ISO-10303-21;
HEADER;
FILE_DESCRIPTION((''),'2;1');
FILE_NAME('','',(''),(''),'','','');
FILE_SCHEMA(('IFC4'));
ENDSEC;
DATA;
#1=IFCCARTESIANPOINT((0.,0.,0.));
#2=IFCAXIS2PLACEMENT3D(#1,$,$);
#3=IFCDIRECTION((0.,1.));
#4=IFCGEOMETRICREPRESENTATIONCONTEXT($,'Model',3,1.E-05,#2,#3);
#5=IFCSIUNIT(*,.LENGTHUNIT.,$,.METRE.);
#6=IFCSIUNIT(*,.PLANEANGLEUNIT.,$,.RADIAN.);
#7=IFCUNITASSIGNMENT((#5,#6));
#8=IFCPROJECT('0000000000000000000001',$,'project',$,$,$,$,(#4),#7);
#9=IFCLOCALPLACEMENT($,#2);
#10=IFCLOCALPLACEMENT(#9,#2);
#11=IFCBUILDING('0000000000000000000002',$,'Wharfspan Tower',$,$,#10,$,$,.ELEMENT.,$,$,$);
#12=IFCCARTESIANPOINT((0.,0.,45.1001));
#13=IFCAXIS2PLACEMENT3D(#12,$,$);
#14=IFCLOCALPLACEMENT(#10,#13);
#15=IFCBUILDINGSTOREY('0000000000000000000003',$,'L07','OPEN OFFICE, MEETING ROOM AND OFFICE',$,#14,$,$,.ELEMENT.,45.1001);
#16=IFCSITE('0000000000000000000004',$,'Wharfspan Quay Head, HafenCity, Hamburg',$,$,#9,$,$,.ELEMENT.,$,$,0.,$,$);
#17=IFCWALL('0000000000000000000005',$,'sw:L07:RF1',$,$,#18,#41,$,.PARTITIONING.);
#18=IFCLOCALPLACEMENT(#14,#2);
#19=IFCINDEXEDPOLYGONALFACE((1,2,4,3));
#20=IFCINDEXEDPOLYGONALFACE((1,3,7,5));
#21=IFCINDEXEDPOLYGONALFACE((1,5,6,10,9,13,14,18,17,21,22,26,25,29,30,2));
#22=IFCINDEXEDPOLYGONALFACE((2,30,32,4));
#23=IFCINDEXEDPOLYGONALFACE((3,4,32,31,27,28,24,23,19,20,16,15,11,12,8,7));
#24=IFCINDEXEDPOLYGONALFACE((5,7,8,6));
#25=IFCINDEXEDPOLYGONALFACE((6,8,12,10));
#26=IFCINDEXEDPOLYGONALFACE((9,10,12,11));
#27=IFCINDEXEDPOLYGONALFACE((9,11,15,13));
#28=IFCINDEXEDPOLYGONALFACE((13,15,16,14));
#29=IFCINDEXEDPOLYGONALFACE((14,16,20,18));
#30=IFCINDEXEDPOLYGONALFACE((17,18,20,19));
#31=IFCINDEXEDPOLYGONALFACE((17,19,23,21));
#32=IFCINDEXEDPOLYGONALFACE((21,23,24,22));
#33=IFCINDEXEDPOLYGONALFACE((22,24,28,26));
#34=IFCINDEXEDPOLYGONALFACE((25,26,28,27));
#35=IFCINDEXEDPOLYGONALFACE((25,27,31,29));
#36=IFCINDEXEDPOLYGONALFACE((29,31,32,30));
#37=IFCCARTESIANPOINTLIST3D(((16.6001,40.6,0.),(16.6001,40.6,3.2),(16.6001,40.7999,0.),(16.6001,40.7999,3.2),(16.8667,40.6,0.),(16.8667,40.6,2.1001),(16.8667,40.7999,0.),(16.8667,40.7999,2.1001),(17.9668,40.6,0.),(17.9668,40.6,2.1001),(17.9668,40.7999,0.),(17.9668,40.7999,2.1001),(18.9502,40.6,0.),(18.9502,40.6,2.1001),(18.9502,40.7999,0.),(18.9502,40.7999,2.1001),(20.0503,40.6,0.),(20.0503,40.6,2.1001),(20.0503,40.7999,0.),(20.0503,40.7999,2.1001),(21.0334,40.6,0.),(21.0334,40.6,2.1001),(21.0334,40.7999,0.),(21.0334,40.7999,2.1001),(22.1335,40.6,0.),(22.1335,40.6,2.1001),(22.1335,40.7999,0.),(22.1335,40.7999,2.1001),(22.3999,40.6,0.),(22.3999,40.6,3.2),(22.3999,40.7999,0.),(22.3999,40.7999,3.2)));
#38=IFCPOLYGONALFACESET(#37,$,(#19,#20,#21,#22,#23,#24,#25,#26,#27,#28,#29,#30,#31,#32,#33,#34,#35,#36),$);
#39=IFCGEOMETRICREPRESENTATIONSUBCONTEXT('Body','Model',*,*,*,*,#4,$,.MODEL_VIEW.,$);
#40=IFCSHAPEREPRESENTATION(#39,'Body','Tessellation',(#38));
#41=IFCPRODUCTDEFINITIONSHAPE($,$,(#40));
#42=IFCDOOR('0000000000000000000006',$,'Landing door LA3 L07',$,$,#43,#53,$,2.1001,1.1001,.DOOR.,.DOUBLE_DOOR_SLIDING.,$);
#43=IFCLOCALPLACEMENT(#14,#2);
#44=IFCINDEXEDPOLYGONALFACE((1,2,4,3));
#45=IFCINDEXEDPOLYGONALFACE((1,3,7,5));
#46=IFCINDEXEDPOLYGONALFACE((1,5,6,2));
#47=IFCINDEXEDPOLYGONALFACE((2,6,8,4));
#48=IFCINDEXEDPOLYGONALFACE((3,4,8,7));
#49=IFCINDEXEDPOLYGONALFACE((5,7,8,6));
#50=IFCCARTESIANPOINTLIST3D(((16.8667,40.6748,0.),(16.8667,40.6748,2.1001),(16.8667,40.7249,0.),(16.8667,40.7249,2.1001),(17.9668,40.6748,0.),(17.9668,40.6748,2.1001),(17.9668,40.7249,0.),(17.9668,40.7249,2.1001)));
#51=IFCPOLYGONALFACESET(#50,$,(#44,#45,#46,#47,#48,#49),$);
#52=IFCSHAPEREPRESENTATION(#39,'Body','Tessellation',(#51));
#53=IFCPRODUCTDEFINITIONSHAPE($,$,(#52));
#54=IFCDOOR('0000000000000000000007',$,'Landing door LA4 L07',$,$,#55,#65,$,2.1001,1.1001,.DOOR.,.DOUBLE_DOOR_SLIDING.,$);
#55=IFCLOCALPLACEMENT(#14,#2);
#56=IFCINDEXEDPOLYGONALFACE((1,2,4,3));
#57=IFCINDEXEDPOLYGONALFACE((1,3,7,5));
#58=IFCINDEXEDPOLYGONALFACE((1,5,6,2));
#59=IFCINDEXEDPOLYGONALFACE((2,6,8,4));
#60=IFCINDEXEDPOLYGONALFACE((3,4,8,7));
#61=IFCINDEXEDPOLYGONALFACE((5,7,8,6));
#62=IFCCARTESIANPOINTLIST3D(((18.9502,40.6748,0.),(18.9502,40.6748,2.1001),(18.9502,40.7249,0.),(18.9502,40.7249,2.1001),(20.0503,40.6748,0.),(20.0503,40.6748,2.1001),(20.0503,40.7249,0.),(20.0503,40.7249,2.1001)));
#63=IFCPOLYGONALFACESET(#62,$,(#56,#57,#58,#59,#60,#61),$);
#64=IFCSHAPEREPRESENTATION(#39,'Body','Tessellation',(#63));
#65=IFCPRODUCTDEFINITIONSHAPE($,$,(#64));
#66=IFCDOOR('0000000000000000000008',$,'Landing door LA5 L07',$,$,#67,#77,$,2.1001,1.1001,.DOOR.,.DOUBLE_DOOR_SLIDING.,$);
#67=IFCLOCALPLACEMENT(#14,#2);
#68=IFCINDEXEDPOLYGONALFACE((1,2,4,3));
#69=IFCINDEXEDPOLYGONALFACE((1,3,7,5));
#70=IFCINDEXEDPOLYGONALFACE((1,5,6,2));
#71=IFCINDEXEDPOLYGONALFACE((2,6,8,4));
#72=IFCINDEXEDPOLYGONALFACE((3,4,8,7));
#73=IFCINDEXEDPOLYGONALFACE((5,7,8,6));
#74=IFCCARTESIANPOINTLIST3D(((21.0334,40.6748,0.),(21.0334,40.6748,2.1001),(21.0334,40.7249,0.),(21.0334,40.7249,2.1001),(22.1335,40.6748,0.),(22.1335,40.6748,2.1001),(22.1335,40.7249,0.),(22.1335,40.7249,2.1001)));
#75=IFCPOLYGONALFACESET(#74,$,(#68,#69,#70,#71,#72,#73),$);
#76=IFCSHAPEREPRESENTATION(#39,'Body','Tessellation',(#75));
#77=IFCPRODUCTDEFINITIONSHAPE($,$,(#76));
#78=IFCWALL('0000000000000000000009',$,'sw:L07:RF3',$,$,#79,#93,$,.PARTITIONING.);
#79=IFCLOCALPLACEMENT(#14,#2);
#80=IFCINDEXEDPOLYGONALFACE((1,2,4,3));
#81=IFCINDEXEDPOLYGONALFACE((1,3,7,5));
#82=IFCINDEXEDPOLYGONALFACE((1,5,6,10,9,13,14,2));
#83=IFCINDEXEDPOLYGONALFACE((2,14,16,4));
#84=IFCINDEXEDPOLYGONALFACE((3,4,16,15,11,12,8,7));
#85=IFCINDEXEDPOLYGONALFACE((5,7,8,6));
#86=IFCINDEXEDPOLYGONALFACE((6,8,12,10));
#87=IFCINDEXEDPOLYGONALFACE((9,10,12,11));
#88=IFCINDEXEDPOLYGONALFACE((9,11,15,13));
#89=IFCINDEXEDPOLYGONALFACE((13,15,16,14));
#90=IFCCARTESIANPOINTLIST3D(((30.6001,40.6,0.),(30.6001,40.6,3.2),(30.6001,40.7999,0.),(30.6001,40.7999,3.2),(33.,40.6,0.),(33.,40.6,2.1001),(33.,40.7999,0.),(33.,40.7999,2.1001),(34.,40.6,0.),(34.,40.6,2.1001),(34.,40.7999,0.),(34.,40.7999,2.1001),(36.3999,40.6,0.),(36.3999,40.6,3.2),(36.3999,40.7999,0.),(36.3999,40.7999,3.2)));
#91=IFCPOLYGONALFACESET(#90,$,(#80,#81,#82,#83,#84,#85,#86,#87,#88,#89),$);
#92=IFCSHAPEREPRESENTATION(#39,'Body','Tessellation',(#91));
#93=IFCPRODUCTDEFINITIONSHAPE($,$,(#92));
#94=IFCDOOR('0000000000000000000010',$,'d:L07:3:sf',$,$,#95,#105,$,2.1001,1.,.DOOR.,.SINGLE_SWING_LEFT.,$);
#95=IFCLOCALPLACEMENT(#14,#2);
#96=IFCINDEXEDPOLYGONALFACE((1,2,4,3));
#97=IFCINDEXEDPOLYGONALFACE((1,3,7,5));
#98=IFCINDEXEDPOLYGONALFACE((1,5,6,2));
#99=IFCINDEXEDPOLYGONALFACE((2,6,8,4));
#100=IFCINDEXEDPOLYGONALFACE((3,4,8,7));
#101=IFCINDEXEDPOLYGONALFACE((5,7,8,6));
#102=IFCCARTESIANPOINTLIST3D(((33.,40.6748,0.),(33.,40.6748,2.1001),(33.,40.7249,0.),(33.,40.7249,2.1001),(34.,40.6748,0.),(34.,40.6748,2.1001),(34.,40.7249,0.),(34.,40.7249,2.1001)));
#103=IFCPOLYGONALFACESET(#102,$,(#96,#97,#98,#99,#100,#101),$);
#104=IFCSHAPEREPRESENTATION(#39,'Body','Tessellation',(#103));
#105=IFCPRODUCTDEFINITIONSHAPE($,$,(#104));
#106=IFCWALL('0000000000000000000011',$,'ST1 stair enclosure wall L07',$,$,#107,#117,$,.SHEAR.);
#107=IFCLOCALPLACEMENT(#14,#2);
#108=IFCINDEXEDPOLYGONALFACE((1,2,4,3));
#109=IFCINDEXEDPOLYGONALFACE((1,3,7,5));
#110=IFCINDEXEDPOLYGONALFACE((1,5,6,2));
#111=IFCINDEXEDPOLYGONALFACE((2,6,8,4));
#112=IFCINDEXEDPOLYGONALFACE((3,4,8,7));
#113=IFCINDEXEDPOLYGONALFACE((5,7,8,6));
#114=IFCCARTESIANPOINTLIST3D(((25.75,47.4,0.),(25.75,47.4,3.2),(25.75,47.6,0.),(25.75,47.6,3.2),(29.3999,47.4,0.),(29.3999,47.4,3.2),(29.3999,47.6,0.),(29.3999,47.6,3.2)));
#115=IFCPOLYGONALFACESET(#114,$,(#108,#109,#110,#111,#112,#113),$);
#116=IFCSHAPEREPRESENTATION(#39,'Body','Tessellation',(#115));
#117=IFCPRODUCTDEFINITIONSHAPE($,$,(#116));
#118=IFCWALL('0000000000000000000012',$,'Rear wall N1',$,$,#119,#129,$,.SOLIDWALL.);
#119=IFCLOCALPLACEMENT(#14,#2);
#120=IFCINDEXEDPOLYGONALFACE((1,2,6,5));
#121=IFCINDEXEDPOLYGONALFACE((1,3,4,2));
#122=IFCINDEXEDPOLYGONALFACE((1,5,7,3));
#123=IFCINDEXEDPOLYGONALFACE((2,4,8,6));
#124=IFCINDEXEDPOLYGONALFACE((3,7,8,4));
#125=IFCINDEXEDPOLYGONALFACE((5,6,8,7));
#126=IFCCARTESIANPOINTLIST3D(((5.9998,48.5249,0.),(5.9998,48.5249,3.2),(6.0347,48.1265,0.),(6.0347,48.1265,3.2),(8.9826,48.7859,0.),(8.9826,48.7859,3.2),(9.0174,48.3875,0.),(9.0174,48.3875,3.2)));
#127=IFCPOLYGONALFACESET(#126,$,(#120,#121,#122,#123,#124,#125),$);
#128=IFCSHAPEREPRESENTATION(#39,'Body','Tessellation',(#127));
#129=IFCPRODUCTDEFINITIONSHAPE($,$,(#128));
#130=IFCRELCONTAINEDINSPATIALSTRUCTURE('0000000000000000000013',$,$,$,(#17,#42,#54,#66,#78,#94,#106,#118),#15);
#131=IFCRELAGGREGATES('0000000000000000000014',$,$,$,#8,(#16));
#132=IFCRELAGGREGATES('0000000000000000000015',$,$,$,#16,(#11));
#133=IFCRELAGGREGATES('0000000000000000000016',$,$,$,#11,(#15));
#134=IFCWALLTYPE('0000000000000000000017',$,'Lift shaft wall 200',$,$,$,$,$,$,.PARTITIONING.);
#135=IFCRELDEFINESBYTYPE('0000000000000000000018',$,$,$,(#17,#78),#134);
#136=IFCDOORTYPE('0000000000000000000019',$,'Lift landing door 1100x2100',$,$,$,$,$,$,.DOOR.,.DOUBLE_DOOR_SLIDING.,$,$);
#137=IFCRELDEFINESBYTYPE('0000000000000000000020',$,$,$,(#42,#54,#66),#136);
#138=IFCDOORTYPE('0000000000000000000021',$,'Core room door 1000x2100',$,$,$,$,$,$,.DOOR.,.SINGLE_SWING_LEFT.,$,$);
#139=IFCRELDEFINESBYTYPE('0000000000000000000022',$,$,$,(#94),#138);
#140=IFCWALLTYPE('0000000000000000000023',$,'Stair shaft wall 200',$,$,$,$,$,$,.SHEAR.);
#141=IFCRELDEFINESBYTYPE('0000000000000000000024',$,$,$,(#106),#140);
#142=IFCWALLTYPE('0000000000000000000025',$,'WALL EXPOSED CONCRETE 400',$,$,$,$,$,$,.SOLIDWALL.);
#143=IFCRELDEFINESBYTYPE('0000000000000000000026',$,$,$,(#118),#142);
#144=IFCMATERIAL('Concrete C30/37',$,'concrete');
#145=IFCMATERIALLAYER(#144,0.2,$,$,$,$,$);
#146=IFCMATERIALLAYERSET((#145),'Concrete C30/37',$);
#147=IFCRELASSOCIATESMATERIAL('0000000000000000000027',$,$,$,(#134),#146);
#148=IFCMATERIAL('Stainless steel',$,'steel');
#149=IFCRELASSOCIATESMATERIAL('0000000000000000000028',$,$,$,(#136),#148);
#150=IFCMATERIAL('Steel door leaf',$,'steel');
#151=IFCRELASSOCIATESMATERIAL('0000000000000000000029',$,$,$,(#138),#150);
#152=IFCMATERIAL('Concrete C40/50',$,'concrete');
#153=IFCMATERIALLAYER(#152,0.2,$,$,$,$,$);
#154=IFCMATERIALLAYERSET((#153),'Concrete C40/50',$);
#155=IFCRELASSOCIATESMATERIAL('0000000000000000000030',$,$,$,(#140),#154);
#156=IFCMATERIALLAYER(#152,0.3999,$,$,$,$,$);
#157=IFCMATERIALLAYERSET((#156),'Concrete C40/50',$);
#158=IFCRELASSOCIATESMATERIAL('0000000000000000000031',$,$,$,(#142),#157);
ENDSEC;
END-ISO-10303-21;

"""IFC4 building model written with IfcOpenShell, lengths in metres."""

from ifc_helpers import new_model, si_unit, direction, frame, frame_2d, origin, place, context, subcontext, project, spatial, rectangle, extrude, material, layer, layer_set, type_object, element, fill, save


model = new_model("IFC4")

# Units and contexts
model_context = context("Model", 3, precision=1e-05, world=origin(), true_north=direction((0.0, 1.0)))
body_context = subcontext(model_context, "Body", "Model", "MODEL_VIEW")
ifc_project = project(units=[si_unit("LENGTHUNIT", "METRE"), si_unit("PLANEANGLEUNIT", "RADIAN")], contexts=[model_context])

# Site, building, storey
site_placement = place(None, origin())
site = spatial("IfcSite", under=ifc_project, at=site_placement, Name="Wharfspan Quay Head, HafenCity, Hamburg", CompositionType="ELEMENT", RefElevation=0.0)
building_placement = place(site_placement, origin())
building = spatial("IfcBuilding", under=site, at=building_placement, Name="Wharfspan Tower", CompositionType="ELEMENT")
storey_placement = place(building_placement, frame((0.0, 0.0, 45.1001)))
storey = spatial("IfcBuildingStorey", under=building, at=storey_placement, Name="L07", Description="OPEN OFFICE, MEETING ROOM AND OFFICE", CompositionType="ELEMENT", Elevation=45.1001)

# Wall, openings, doors
ifc_material_1 = material(Name="Concrete C30/37", Category="concrete")
ifc_layer_1 = layer(ifc_material_1, 0.2)
ifc_layer_set_1 = layer_set([ifc_layer_1], Name="Concrete C30/37")
wall_type_1 = type_object("IfcWallType", Name="Lift shaft wall 200", PredefinedType="PARTITIONING", material=ifc_layer_set_1)
wall_1_placement = place(storey_placement, frame((16.6001, 40.7, 0.0), z_axis=(0.0, 0.0, 1.0), x_axis=(1.0, 0.0, 0.0)))
wall_1 = element("IfcWall", 1, at=wall_1_placement, inside=storey, type_object=wall_type_1, Name="sw:L07:RF1", PredefinedType="PARTITIONING", context=body_context, shape_type="SweptSolid", body=[
    extrude(rectangle(XDim=5.7998, YDim=0.2, at=frame_2d((2.8999, 0.0))), origin(), (0.0, 0.0, 1.0), 3.2),
])
opening_1_placement = place(wall_1_placement, frame((0.2666, 0.0, 0.0)))
opening_1 = element("IfcOpeningElement", 2, at=opening_1_placement, cuts=wall_1, PredefinedType="OPENING", context=body_context, shape_type="SweptSolid", body=[
    extrude(rectangle(XDim=1.1001, YDim=2.1001, at=frame_2d((0.55, 1.05))), frame((0.0, 0.1099, 0.0), z_axis=(0.0, -1.0, 0.0), x_axis=(1.0, 0.0, 0.0)), (0.0, 0.0, 1.0), 0.22),
])
opening_2_placement = place(wall_1_placement, frame((2.3501, 0.0, 0.0)))
opening_2 = element("IfcOpeningElement", 3, at=opening_2_placement, cuts=wall_1, PredefinedType="OPENING", context=body_context, shape_type="SweptSolid", body=[
    extrude(rectangle(XDim=1.1001, YDim=2.1001, at=frame_2d((0.55, 1.05))), frame((0.0, 0.1099, 0.0), z_axis=(0.0, -1.0, 0.0), x_axis=(1.0, 0.0, 0.0)), (0.0, 0.0, 1.0), 0.22),
])
opening_3_placement = place(wall_1_placement, frame((4.4333, 0.0, 0.0)))
opening_3 = element("IfcOpeningElement", 4, at=opening_3_placement, cuts=wall_1, PredefinedType="OPENING", context=body_context, shape_type="SweptSolid", body=[
    extrude(rectangle(XDim=1.1001, YDim=2.1001, at=frame_2d((0.55, 1.05))), frame((0.0, 0.1099, 0.0), z_axis=(0.0, -1.0, 0.0), x_axis=(1.0, 0.0, 0.0)), (0.0, 0.0, 1.0), 0.22),
])
ifc_material_2 = material(Name="Stainless steel", Category="steel")
door_type_1 = type_object("IfcDoorType", Name="Lift landing door 1100x2100", OperationType="DOUBLE_DOOR_SLIDING", PredefinedType="DOOR", material=ifc_material_2)
door_1_placement = place(opening_1_placement, origin())
door_1 = element("IfcDoor", 5, at=door_1_placement, inside=storey, type_object=door_type_1, Name="Landing door LA3 L07", OperationType="DOUBLE_DOOR_SLIDING", OverallHeight=2.1001, OverallWidth=1.1001, PredefinedType="DOOR", context=body_context, shape_type="SweptSolid", body=[
    extrude(rectangle(XDim=1.1001, YDim=2.1001, at=frame_2d((0.55, 1.05))), frame((0.0, 0.0249, 0.0), z_axis=(0.0, -1.0, 0.0), x_axis=(1.0, 0.0, 0.0)), (0.0, 0.0, 1.0), 0.05),
])
fill(opening_1, door_1)
door_2_placement = place(opening_2_placement, origin())
door_2 = element("IfcDoor", 6, at=door_2_placement, inside=storey, type_object=door_type_1, Name="Landing door LA4 L07", OperationType="DOUBLE_DOOR_SLIDING", OverallHeight=2.1001, OverallWidth=1.1001, PredefinedType="DOOR", context=body_context, shape_type="SweptSolid", body=[
    extrude(rectangle(XDim=1.1001, YDim=2.1001, at=frame_2d((0.55, 1.05))), frame((0.0, 0.0249, 0.0), z_axis=(0.0, -1.0, 0.0), x_axis=(1.0, 0.0, 0.0)), (0.0, 0.0, 1.0), 0.05),
])
fill(opening_2, door_2)
door_3_placement = place(opening_3_placement, origin())
door_3 = element("IfcDoor", 7, at=door_3_placement, inside=storey, type_object=door_type_1, Name="Landing door LA5 L07", OperationType="DOUBLE_DOOR_SLIDING", OverallHeight=2.1001, OverallWidth=1.1001, PredefinedType="DOOR", context=body_context, shape_type="SweptSolid", body=[
    extrude(rectangle(XDim=1.1001, YDim=2.1001, at=frame_2d((0.55, 1.05))), frame((0.0, 0.0249, 0.0), z_axis=(0.0, -1.0, 0.0), x_axis=(1.0, 0.0, 0.0)), (0.0, 0.0, 1.0), 0.05),
])
fill(opening_3, door_3)

# Wall, opening, door
wall_2_placement = place(storey_placement, frame((30.6001, 40.7, 0.0), z_axis=(0.0, 0.0, 1.0), x_axis=(1.0, 0.0, 0.0)))
wall_2 = element("IfcWall", 8, at=wall_2_placement, inside=storey, type_object=wall_type_1, Name="sw:L07:RF3", PredefinedType="PARTITIONING", context=body_context, shape_type="SweptSolid", body=[
    extrude(rectangle(XDim=5.7998, YDim=0.2, at=frame_2d((2.8999, 0.0))), origin(), (0.0, 0.0, 1.0), 3.2),
])
opening_4_placement = place(wall_2_placement, frame((2.3999, 0.0, 0.0)))
opening_4 = element("IfcOpeningElement", 9, at=opening_4_placement, cuts=wall_2, PredefinedType="OPENING", context=body_context, shape_type="SweptSolid", body=[
    extrude(rectangle(XDim=1.0, YDim=2.1001, at=frame_2d((0.5, 1.05))), frame((0.0, 0.1099, 0.0), z_axis=(0.0, -1.0, 0.0), x_axis=(1.0, 0.0, 0.0)), (0.0, 0.0, 1.0), 0.22),
])
ifc_material_3 = material(Name="Steel door leaf", Category="steel")
door_type_2 = type_object("IfcDoorType", Name="Core room door 1000x2100", OperationType="SINGLE_SWING_LEFT", PredefinedType="DOOR", material=ifc_material_3)
door_4_placement = place(opening_4_placement, origin())
door_4 = element("IfcDoor", 10, at=door_4_placement, inside=storey, type_object=door_type_2, Name="d:L07:3:sf", OperationType="SINGLE_SWING_LEFT", OverallHeight=2.1001, OverallWidth=1.0, PredefinedType="DOOR", context=body_context, shape_type="SweptSolid", body=[
    extrude(rectangle(XDim=1.0, YDim=2.1001, at=frame_2d((0.5, 1.05))), frame((0.0, 0.0249, 0.0), z_axis=(0.0, -1.0, 0.0), x_axis=(1.0, 0.0, 0.0)), (0.0, 0.0, 1.0), 0.05),
])
fill(opening_4, door_4)

# Walls
ifc_material_4 = material(Name="Concrete C40/50", Category="concrete")
ifc_layer_2 = layer(ifc_material_4, 0.2)
ifc_layer_set_2 = layer_set([ifc_layer_2], Name="Concrete C40/50")
wall_type_2 = type_object("IfcWallType", Name="Stair shaft wall 200", PredefinedType="SHEAR", material=ifc_layer_set_2)
wall_3_placement = place(storey_placement, frame((25.75, 47.5, 0.0), z_axis=(0.0, 0.0, 1.0), x_axis=(1.0, 0.0, 0.0)))
element("IfcWall", 11, at=wall_3_placement, inside=storey, type_object=wall_type_2, Name="ST1 stair enclosure wall L07", PredefinedType="SHEAR", context=body_context, shape_type="SweptSolid", body=[
    extrude(rectangle(XDim=3.6499, YDim=0.2, at=frame_2d((1.825, 0.0))), origin(), (0.0, 0.0, 1.0), 3.2),
])
ifc_layer_3 = layer(ifc_material_4, 0.3999)
ifc_layer_set_3 = layer_set([ifc_layer_3], Name="Concrete C40/50")
wall_type_3 = type_object("IfcWallType", Name="WALL EXPOSED CONCRETE 400", PredefinedType="SOLIDWALL", material=ifc_layer_set_3)
wall_4_placement = place(storey_placement, frame((9.0, 48.5867, 0.0), z_axis=(0.0, 0.0, 1.0), x_axis=(-0.996194, -0.087168, 0.0)))
element("IfcWall", 12, at=wall_4_placement, inside=storey, type_object=wall_type_3, Name="Rear wall N1", PredefinedType="SOLIDWALL", context=body_context, shape_type="SweptSolid", body=[
    extrude(rectangle(XDim=2.9941, YDim=0.3999, at=frame_2d((1.4971, 0.0))), origin(), (0.0, 0.0, 1.0), 3.2),
])

save(model, "model.ifc")
